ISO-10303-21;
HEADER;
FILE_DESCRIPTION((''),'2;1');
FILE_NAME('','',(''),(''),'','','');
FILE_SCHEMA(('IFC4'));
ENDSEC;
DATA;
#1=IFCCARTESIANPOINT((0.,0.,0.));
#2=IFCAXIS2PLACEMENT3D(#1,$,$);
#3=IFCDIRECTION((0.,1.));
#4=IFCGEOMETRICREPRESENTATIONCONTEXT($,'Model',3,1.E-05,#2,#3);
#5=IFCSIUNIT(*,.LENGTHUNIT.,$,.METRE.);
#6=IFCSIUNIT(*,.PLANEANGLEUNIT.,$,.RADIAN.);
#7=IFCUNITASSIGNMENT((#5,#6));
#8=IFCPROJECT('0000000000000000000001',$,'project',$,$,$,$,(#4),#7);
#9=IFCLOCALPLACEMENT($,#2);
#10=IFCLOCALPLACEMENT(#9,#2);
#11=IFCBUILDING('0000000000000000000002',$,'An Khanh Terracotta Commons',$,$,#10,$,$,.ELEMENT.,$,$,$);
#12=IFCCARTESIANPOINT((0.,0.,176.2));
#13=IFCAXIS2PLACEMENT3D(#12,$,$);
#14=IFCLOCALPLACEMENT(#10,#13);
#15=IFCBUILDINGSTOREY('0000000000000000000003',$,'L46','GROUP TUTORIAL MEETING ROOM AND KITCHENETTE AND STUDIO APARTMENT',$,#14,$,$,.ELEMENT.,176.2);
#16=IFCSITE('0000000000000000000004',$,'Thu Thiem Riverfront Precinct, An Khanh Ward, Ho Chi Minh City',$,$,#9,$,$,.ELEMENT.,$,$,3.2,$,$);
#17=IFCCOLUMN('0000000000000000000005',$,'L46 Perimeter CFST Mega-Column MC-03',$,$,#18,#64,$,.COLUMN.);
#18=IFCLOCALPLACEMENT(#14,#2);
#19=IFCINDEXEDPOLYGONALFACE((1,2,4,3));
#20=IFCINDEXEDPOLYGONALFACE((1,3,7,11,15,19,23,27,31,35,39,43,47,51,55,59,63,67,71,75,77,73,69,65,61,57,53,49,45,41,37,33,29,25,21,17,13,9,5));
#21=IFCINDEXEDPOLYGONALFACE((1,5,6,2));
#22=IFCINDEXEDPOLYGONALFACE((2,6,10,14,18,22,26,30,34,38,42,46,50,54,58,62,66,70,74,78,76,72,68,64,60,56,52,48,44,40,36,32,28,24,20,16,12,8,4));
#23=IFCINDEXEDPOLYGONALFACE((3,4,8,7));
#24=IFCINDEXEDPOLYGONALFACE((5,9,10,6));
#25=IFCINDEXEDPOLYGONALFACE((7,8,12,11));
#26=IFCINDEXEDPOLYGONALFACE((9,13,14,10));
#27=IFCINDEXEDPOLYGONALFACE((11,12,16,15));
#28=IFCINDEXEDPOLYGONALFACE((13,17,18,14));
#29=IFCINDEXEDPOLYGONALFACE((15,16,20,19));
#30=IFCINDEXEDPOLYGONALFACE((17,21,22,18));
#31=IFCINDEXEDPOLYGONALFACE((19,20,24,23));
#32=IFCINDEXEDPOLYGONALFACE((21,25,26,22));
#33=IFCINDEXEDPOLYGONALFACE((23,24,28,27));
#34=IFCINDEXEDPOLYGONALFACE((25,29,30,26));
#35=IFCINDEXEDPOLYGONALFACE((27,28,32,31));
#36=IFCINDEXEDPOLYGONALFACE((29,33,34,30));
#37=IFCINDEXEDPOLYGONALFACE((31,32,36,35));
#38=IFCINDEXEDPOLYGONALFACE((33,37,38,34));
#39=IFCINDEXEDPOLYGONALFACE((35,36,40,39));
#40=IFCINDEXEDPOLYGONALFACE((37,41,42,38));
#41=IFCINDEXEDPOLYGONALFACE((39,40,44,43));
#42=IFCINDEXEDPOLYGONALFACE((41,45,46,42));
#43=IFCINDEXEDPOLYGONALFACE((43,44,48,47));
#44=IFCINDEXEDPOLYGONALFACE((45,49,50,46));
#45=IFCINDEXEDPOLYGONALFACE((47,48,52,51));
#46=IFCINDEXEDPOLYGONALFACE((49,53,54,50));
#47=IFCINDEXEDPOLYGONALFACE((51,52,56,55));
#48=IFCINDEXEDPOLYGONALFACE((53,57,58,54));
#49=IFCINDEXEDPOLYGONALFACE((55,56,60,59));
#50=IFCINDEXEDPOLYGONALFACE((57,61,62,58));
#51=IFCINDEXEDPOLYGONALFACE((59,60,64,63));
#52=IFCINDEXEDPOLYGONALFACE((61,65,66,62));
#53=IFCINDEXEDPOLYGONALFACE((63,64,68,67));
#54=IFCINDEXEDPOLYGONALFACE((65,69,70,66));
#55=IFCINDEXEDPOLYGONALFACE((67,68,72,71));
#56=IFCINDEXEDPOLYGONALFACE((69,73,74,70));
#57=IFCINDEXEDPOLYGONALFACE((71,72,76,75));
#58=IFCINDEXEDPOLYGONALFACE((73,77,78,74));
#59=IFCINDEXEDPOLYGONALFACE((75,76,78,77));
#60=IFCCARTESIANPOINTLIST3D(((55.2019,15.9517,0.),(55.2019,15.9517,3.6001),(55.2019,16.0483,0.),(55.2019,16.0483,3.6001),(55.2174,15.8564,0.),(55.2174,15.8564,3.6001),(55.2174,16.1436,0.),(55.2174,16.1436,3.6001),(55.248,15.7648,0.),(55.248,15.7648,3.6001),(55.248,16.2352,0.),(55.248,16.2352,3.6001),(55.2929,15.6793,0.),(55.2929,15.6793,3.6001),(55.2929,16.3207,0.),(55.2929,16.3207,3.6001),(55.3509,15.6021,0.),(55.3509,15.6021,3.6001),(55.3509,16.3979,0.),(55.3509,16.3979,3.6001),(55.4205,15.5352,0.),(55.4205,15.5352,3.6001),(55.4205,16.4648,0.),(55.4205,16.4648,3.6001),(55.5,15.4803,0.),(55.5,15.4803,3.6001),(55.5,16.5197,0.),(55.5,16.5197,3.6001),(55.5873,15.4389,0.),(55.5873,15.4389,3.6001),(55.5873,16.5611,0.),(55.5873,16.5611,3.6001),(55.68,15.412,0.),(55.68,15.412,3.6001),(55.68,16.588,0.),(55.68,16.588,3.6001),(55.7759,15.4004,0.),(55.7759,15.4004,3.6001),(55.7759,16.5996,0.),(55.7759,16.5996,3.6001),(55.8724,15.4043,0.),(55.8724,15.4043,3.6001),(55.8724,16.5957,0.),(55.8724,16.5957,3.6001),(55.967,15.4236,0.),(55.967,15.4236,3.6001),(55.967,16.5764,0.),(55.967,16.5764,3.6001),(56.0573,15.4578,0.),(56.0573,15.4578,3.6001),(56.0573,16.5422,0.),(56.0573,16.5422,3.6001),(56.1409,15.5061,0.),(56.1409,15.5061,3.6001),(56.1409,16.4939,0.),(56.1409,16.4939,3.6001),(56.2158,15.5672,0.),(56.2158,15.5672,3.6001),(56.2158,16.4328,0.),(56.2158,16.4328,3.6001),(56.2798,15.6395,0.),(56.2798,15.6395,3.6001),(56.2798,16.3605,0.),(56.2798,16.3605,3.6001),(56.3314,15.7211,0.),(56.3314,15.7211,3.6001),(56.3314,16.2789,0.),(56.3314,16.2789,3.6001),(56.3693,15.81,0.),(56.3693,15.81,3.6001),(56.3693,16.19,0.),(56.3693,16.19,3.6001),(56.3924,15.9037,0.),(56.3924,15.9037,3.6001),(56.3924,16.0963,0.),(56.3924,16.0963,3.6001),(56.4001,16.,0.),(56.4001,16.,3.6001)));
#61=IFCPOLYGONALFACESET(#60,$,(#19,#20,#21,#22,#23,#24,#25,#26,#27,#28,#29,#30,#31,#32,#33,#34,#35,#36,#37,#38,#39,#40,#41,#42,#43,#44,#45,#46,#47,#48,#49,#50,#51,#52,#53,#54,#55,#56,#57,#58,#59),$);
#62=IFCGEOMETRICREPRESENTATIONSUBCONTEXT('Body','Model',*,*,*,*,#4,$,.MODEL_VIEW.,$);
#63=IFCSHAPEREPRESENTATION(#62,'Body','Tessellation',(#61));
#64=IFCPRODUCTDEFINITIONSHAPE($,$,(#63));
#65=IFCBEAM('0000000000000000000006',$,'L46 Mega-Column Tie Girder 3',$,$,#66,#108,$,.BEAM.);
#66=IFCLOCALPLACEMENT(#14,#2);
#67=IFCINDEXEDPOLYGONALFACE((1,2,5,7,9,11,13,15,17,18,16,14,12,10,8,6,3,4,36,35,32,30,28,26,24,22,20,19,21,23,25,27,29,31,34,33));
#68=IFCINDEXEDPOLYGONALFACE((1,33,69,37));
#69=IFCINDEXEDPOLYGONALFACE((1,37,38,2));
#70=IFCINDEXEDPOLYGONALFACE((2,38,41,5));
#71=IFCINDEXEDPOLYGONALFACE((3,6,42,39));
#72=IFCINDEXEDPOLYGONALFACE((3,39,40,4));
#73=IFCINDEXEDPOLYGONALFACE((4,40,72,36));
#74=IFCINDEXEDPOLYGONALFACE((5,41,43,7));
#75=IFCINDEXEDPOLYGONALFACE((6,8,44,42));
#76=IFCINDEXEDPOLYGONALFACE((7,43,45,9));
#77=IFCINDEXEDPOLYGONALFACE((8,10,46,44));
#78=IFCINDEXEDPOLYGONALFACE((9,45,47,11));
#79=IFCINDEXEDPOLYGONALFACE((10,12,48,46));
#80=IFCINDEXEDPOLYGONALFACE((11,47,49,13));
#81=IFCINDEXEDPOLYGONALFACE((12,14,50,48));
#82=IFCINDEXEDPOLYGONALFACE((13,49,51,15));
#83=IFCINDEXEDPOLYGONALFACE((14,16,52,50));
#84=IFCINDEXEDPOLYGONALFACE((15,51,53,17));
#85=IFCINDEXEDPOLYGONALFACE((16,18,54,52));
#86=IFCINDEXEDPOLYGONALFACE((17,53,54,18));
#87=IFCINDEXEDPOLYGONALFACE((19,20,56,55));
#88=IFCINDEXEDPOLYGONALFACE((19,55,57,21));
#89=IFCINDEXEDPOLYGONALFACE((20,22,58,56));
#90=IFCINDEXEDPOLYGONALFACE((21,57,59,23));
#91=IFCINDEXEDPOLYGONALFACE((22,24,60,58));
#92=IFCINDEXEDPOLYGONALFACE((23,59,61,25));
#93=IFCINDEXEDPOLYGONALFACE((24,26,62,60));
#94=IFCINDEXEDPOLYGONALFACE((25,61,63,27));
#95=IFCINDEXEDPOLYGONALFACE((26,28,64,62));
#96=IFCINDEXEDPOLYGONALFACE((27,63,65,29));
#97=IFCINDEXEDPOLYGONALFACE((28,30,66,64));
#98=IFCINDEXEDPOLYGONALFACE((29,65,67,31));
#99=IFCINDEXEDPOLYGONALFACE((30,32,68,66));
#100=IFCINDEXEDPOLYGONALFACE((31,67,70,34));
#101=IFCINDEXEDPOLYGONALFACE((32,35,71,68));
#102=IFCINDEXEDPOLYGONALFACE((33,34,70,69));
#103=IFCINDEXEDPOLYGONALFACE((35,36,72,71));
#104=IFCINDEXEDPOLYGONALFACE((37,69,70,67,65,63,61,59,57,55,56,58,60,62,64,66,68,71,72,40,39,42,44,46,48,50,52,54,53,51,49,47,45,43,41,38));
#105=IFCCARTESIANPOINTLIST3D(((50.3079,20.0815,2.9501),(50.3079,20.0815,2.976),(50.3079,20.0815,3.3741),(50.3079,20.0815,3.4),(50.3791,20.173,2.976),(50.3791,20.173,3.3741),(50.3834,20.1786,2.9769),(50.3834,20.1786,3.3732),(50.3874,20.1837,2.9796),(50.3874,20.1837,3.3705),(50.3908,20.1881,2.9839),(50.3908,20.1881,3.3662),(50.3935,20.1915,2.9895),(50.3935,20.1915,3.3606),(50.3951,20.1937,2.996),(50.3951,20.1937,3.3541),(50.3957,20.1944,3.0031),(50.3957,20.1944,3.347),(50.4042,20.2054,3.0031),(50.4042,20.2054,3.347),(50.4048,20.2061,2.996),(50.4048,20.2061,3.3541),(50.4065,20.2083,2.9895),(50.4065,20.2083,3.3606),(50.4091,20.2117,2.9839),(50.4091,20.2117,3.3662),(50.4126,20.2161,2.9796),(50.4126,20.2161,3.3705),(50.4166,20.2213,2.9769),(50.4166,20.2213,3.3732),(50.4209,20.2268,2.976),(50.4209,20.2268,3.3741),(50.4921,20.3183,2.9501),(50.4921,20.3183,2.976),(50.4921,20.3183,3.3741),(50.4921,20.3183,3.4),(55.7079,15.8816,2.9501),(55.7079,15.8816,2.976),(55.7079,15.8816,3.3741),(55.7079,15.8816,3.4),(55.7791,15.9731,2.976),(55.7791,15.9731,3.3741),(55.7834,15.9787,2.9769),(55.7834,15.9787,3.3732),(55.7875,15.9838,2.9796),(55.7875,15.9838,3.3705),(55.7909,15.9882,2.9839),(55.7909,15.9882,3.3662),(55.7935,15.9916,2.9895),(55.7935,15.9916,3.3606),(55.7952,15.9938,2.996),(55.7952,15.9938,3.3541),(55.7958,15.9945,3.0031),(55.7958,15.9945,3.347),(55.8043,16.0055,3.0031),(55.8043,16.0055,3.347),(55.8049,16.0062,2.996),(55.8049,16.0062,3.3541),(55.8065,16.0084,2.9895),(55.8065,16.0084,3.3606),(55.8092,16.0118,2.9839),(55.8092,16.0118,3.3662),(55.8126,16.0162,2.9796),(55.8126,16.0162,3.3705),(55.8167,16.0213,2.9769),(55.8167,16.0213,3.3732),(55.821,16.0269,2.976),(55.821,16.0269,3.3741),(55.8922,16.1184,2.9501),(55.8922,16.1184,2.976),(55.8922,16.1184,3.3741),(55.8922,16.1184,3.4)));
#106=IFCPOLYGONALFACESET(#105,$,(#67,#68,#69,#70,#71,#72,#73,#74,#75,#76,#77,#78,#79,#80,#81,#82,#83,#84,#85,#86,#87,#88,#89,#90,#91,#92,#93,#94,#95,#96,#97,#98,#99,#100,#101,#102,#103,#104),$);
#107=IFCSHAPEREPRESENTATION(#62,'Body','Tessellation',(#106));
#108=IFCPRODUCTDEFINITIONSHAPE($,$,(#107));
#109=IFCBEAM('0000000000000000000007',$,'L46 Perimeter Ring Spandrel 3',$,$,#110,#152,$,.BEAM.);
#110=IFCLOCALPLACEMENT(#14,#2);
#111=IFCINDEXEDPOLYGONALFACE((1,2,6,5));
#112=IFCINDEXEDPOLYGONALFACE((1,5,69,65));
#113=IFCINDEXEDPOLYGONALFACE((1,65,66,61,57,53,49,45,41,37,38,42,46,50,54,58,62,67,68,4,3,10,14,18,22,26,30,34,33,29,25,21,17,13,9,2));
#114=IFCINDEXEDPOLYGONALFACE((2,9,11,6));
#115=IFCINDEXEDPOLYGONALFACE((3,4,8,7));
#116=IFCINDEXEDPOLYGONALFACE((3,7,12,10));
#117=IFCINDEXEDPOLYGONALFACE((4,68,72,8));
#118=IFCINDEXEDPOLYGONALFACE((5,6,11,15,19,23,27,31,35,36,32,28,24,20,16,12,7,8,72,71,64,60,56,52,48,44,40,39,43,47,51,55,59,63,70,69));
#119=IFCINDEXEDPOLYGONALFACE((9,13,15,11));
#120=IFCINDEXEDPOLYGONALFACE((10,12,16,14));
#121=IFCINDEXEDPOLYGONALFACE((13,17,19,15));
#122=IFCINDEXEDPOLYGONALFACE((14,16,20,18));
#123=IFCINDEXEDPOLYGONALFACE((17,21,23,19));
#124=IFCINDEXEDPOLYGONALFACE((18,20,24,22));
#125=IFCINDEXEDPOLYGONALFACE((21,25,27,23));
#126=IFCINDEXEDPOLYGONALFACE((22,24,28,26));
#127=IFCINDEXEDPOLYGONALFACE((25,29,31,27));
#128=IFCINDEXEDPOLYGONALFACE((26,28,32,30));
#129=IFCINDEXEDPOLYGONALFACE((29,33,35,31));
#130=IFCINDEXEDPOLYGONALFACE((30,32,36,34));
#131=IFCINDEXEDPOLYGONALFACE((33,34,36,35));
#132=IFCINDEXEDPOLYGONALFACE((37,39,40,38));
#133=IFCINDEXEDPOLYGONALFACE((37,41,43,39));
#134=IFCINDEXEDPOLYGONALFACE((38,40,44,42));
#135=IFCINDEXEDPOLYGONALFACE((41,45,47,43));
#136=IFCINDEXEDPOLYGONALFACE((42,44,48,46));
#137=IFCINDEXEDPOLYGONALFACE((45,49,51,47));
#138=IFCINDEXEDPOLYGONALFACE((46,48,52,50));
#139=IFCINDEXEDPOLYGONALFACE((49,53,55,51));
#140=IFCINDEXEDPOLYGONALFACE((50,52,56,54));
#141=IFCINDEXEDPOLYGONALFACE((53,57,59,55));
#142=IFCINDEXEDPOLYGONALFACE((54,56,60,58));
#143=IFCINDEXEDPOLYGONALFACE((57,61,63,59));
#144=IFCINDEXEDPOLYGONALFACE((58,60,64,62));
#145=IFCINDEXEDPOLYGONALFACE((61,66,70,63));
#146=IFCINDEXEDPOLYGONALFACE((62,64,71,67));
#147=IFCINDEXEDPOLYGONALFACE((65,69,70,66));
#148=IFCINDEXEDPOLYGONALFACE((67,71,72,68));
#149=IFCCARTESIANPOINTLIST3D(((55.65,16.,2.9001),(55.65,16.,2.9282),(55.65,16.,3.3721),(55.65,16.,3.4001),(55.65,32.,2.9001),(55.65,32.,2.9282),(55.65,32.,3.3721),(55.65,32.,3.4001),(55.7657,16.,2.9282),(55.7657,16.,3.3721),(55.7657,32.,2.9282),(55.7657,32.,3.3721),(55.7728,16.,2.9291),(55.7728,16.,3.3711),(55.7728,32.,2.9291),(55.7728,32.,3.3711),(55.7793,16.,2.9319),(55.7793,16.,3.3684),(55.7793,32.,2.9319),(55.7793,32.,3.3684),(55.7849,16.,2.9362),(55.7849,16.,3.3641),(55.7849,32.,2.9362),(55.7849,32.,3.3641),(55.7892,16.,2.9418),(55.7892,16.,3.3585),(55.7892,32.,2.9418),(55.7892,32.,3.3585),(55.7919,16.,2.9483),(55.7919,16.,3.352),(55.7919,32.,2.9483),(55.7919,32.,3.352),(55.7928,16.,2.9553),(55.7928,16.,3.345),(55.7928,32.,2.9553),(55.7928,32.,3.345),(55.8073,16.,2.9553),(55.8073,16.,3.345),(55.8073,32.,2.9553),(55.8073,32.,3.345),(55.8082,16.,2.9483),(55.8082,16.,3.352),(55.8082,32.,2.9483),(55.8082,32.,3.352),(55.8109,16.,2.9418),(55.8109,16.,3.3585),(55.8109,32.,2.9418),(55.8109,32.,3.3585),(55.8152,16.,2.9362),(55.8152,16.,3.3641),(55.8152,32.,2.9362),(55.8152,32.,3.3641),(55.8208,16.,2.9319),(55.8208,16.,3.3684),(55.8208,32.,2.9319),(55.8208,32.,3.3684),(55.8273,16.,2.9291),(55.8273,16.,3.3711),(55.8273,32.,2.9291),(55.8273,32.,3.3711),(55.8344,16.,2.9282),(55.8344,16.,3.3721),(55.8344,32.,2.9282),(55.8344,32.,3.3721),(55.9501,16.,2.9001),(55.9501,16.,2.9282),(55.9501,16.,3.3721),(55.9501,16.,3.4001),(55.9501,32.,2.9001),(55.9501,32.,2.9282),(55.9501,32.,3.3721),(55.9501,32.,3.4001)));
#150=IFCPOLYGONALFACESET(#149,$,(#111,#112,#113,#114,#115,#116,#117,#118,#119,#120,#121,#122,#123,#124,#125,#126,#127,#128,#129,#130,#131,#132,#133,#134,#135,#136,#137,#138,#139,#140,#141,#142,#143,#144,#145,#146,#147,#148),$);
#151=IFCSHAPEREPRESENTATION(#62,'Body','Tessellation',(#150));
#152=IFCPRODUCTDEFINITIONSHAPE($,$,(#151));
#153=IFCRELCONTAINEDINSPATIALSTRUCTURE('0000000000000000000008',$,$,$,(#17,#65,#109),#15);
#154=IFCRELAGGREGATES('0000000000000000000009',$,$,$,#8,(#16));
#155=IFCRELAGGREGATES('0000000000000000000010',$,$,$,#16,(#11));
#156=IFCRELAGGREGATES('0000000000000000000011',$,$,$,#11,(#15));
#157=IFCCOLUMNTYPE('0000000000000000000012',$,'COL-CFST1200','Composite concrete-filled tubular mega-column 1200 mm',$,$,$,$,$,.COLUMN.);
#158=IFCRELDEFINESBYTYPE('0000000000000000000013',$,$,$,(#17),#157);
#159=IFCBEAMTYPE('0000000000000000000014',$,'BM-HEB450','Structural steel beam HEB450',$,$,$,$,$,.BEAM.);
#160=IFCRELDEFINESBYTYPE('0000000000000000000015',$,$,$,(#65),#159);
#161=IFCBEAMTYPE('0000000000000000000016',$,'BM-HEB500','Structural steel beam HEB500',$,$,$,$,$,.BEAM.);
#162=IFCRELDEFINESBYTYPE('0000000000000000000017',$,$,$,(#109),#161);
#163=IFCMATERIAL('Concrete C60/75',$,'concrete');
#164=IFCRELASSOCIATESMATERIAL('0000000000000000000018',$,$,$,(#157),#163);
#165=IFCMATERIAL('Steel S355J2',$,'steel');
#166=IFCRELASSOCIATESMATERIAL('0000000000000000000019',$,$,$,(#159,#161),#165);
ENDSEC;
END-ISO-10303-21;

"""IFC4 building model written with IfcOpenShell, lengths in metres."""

from ifc_helpers import new_model, si_unit, direction, frame, origin, origin_2d, place, context, subcontext, project, spatial, circle, i_section, extrude, material, material_profile, profile_set, type_object, element, save


model = new_model("IFC4")

# Units and contexts
model_context = context("Model", 3, precision=1e-05, world=origin(), true_north=direction((0.0, 1.0)))
body_context = subcontext(model_context, "Body", "Model", "MODEL_VIEW")
ifc_project = project(units=[si_unit("LENGTHUNIT", "METRE"), si_unit("PLANEANGLEUNIT", "RADIAN")], contexts=[model_context])

# Site, building, storey
site_placement = place(None, origin())
site = spatial("IfcSite", under=ifc_project, at=site_placement, Name="Thu Thiem Riverfront Precinct, An Khanh Ward, Ho Chi Minh City", CompositionType="ELEMENT", RefElevation=3.2)
building_placement = place(site_placement, origin())
building = spatial("IfcBuilding", under=site, at=building_placement, Name="An Khanh Terracotta Commons", CompositionType="ELEMENT")
storey_placement = place(building_placement, frame((0.0, 0.0, 176.2)))
storey = spatial("IfcBuildingStorey", under=building, at=storey_placement, Name="L46", Description="GROUP TUTORIAL MEETING ROOM AND KITCHENETTE AND STUDIO APARTMENT", CompositionType="ELEMENT", Elevation=176.2)

# Column
ifc_material_1 = material(Name="Concrete C60/75", Category="concrete")
ifc_material_profile_1 = material_profile(ifc_material_1, circle(Radius=0.6001, at=origin_2d()), Name="CFST1200")
ifc_profile_set_1 = profile_set([ifc_material_profile_1], Name="Concrete C60/75")
column_type = type_object("IfcColumnType", Name="COL-CFST1200", Description="Composite concrete-filled tubular mega-column 1200 mm", PredefinedType="COLUMN", material=ifc_profile_set_1)
column_placement = place(storey_placement, frame((55.8, 16.0, 0.0), z_axis=(0.0, 0.0, 1.0), x_axis=(1.0, 0.0, 0.0)))
element("IfcColumn", 1, at=column_placement, inside=storey, type_object=column_type, Name="L46 Perimeter CFST Mega-Column MC-03", PredefinedType="COLUMN", context=body_context, shape_type="SweptSolid", body=[
    extrude(circle(Radius=0.6001, at=origin_2d()), origin(), (0.0, 0.0, 1.0), 3.6001),
])

# Beams
ifc_material_2 = material(Name="Steel S355J2", Category="steel")
ifc_material_profile_2 = material_profile(ifc_material_2, i_section(OverallWidth=0.3, OverallDepth=0.45, WebThickness=0.0139, FlangeThickness=0.0259, FilletRadius=0.0271, at=origin_2d()), Name="HEB450")
ifc_profile_set_2 = profile_set([ifc_material_profile_2], Name="Steel S355J2")
beam_type_1 = type_object("IfcBeamType", Name="BM-HEB450", Description="Structural steel beam HEB450", PredefinedType="BEAM", material=ifc_profile_set_2)
beam_1_placement = place(storey_placement, frame((55.8, 16.0, 3.175), z_axis=(-0.789364, 0.613926, 0.0), x_axis=(-0.613926, -0.789364, 0.0)))
element("IfcBeam", 2, at=beam_1_placement, inside=storey, type_object=beam_type_1, Name="L46 Mega-Column Tie Girder 3", PredefinedType="BEAM", context=body_context, shape_type="SweptSolid", body=[
    extrude(i_section(OverallWidth=0.3, OverallDepth=0.45, WebThickness=0.0139, FlangeThickness=0.0259, FilletRadius=0.0271, at=origin_2d()), origin(), (0.0, 0.0, 1.0), 6.8411),
])
ifc_material_profile_3 = material_profile(ifc_material_2, i_section(OverallWidth=0.3, OverallDepth=0.5, WebThickness=0.0144, FlangeThickness=0.0281, FilletRadius=0.0271, at=origin_2d()), Name="HEB500")
ifc_profile_set_3 = profile_set([ifc_material_profile_3], Name="Steel S355J2")
beam_type_2 = type_object("IfcBeamType", Name="BM-HEB500", Description="Structural steel beam HEB500", PredefinedType="BEAM", material=ifc_profile_set_3)
beam_2_placement = place(storey_placement, frame((55.8, 16.0, 3.1501), z_axis=(0.0, 1.0, 0.0), x_axis=(-1.0, 0.0, 0.0)))
element("IfcBeam", 3, at=beam_2_placement, inside=storey, type_object=beam_type_2, Name="L46 Perimeter Ring Spandrel 3", PredefinedType="BEAM", context=body_context, shape_type="SweptSolid", body=[
    extrude(i_section(OverallWidth=0.3, OverallDepth=0.5, WebThickness=0.0144, FlangeThickness=0.0281, FilletRadius=0.0271, at=origin_2d()), origin(), (0.0, 0.0, 1.0), 16.0),
])

save(model, "model.ifc")
